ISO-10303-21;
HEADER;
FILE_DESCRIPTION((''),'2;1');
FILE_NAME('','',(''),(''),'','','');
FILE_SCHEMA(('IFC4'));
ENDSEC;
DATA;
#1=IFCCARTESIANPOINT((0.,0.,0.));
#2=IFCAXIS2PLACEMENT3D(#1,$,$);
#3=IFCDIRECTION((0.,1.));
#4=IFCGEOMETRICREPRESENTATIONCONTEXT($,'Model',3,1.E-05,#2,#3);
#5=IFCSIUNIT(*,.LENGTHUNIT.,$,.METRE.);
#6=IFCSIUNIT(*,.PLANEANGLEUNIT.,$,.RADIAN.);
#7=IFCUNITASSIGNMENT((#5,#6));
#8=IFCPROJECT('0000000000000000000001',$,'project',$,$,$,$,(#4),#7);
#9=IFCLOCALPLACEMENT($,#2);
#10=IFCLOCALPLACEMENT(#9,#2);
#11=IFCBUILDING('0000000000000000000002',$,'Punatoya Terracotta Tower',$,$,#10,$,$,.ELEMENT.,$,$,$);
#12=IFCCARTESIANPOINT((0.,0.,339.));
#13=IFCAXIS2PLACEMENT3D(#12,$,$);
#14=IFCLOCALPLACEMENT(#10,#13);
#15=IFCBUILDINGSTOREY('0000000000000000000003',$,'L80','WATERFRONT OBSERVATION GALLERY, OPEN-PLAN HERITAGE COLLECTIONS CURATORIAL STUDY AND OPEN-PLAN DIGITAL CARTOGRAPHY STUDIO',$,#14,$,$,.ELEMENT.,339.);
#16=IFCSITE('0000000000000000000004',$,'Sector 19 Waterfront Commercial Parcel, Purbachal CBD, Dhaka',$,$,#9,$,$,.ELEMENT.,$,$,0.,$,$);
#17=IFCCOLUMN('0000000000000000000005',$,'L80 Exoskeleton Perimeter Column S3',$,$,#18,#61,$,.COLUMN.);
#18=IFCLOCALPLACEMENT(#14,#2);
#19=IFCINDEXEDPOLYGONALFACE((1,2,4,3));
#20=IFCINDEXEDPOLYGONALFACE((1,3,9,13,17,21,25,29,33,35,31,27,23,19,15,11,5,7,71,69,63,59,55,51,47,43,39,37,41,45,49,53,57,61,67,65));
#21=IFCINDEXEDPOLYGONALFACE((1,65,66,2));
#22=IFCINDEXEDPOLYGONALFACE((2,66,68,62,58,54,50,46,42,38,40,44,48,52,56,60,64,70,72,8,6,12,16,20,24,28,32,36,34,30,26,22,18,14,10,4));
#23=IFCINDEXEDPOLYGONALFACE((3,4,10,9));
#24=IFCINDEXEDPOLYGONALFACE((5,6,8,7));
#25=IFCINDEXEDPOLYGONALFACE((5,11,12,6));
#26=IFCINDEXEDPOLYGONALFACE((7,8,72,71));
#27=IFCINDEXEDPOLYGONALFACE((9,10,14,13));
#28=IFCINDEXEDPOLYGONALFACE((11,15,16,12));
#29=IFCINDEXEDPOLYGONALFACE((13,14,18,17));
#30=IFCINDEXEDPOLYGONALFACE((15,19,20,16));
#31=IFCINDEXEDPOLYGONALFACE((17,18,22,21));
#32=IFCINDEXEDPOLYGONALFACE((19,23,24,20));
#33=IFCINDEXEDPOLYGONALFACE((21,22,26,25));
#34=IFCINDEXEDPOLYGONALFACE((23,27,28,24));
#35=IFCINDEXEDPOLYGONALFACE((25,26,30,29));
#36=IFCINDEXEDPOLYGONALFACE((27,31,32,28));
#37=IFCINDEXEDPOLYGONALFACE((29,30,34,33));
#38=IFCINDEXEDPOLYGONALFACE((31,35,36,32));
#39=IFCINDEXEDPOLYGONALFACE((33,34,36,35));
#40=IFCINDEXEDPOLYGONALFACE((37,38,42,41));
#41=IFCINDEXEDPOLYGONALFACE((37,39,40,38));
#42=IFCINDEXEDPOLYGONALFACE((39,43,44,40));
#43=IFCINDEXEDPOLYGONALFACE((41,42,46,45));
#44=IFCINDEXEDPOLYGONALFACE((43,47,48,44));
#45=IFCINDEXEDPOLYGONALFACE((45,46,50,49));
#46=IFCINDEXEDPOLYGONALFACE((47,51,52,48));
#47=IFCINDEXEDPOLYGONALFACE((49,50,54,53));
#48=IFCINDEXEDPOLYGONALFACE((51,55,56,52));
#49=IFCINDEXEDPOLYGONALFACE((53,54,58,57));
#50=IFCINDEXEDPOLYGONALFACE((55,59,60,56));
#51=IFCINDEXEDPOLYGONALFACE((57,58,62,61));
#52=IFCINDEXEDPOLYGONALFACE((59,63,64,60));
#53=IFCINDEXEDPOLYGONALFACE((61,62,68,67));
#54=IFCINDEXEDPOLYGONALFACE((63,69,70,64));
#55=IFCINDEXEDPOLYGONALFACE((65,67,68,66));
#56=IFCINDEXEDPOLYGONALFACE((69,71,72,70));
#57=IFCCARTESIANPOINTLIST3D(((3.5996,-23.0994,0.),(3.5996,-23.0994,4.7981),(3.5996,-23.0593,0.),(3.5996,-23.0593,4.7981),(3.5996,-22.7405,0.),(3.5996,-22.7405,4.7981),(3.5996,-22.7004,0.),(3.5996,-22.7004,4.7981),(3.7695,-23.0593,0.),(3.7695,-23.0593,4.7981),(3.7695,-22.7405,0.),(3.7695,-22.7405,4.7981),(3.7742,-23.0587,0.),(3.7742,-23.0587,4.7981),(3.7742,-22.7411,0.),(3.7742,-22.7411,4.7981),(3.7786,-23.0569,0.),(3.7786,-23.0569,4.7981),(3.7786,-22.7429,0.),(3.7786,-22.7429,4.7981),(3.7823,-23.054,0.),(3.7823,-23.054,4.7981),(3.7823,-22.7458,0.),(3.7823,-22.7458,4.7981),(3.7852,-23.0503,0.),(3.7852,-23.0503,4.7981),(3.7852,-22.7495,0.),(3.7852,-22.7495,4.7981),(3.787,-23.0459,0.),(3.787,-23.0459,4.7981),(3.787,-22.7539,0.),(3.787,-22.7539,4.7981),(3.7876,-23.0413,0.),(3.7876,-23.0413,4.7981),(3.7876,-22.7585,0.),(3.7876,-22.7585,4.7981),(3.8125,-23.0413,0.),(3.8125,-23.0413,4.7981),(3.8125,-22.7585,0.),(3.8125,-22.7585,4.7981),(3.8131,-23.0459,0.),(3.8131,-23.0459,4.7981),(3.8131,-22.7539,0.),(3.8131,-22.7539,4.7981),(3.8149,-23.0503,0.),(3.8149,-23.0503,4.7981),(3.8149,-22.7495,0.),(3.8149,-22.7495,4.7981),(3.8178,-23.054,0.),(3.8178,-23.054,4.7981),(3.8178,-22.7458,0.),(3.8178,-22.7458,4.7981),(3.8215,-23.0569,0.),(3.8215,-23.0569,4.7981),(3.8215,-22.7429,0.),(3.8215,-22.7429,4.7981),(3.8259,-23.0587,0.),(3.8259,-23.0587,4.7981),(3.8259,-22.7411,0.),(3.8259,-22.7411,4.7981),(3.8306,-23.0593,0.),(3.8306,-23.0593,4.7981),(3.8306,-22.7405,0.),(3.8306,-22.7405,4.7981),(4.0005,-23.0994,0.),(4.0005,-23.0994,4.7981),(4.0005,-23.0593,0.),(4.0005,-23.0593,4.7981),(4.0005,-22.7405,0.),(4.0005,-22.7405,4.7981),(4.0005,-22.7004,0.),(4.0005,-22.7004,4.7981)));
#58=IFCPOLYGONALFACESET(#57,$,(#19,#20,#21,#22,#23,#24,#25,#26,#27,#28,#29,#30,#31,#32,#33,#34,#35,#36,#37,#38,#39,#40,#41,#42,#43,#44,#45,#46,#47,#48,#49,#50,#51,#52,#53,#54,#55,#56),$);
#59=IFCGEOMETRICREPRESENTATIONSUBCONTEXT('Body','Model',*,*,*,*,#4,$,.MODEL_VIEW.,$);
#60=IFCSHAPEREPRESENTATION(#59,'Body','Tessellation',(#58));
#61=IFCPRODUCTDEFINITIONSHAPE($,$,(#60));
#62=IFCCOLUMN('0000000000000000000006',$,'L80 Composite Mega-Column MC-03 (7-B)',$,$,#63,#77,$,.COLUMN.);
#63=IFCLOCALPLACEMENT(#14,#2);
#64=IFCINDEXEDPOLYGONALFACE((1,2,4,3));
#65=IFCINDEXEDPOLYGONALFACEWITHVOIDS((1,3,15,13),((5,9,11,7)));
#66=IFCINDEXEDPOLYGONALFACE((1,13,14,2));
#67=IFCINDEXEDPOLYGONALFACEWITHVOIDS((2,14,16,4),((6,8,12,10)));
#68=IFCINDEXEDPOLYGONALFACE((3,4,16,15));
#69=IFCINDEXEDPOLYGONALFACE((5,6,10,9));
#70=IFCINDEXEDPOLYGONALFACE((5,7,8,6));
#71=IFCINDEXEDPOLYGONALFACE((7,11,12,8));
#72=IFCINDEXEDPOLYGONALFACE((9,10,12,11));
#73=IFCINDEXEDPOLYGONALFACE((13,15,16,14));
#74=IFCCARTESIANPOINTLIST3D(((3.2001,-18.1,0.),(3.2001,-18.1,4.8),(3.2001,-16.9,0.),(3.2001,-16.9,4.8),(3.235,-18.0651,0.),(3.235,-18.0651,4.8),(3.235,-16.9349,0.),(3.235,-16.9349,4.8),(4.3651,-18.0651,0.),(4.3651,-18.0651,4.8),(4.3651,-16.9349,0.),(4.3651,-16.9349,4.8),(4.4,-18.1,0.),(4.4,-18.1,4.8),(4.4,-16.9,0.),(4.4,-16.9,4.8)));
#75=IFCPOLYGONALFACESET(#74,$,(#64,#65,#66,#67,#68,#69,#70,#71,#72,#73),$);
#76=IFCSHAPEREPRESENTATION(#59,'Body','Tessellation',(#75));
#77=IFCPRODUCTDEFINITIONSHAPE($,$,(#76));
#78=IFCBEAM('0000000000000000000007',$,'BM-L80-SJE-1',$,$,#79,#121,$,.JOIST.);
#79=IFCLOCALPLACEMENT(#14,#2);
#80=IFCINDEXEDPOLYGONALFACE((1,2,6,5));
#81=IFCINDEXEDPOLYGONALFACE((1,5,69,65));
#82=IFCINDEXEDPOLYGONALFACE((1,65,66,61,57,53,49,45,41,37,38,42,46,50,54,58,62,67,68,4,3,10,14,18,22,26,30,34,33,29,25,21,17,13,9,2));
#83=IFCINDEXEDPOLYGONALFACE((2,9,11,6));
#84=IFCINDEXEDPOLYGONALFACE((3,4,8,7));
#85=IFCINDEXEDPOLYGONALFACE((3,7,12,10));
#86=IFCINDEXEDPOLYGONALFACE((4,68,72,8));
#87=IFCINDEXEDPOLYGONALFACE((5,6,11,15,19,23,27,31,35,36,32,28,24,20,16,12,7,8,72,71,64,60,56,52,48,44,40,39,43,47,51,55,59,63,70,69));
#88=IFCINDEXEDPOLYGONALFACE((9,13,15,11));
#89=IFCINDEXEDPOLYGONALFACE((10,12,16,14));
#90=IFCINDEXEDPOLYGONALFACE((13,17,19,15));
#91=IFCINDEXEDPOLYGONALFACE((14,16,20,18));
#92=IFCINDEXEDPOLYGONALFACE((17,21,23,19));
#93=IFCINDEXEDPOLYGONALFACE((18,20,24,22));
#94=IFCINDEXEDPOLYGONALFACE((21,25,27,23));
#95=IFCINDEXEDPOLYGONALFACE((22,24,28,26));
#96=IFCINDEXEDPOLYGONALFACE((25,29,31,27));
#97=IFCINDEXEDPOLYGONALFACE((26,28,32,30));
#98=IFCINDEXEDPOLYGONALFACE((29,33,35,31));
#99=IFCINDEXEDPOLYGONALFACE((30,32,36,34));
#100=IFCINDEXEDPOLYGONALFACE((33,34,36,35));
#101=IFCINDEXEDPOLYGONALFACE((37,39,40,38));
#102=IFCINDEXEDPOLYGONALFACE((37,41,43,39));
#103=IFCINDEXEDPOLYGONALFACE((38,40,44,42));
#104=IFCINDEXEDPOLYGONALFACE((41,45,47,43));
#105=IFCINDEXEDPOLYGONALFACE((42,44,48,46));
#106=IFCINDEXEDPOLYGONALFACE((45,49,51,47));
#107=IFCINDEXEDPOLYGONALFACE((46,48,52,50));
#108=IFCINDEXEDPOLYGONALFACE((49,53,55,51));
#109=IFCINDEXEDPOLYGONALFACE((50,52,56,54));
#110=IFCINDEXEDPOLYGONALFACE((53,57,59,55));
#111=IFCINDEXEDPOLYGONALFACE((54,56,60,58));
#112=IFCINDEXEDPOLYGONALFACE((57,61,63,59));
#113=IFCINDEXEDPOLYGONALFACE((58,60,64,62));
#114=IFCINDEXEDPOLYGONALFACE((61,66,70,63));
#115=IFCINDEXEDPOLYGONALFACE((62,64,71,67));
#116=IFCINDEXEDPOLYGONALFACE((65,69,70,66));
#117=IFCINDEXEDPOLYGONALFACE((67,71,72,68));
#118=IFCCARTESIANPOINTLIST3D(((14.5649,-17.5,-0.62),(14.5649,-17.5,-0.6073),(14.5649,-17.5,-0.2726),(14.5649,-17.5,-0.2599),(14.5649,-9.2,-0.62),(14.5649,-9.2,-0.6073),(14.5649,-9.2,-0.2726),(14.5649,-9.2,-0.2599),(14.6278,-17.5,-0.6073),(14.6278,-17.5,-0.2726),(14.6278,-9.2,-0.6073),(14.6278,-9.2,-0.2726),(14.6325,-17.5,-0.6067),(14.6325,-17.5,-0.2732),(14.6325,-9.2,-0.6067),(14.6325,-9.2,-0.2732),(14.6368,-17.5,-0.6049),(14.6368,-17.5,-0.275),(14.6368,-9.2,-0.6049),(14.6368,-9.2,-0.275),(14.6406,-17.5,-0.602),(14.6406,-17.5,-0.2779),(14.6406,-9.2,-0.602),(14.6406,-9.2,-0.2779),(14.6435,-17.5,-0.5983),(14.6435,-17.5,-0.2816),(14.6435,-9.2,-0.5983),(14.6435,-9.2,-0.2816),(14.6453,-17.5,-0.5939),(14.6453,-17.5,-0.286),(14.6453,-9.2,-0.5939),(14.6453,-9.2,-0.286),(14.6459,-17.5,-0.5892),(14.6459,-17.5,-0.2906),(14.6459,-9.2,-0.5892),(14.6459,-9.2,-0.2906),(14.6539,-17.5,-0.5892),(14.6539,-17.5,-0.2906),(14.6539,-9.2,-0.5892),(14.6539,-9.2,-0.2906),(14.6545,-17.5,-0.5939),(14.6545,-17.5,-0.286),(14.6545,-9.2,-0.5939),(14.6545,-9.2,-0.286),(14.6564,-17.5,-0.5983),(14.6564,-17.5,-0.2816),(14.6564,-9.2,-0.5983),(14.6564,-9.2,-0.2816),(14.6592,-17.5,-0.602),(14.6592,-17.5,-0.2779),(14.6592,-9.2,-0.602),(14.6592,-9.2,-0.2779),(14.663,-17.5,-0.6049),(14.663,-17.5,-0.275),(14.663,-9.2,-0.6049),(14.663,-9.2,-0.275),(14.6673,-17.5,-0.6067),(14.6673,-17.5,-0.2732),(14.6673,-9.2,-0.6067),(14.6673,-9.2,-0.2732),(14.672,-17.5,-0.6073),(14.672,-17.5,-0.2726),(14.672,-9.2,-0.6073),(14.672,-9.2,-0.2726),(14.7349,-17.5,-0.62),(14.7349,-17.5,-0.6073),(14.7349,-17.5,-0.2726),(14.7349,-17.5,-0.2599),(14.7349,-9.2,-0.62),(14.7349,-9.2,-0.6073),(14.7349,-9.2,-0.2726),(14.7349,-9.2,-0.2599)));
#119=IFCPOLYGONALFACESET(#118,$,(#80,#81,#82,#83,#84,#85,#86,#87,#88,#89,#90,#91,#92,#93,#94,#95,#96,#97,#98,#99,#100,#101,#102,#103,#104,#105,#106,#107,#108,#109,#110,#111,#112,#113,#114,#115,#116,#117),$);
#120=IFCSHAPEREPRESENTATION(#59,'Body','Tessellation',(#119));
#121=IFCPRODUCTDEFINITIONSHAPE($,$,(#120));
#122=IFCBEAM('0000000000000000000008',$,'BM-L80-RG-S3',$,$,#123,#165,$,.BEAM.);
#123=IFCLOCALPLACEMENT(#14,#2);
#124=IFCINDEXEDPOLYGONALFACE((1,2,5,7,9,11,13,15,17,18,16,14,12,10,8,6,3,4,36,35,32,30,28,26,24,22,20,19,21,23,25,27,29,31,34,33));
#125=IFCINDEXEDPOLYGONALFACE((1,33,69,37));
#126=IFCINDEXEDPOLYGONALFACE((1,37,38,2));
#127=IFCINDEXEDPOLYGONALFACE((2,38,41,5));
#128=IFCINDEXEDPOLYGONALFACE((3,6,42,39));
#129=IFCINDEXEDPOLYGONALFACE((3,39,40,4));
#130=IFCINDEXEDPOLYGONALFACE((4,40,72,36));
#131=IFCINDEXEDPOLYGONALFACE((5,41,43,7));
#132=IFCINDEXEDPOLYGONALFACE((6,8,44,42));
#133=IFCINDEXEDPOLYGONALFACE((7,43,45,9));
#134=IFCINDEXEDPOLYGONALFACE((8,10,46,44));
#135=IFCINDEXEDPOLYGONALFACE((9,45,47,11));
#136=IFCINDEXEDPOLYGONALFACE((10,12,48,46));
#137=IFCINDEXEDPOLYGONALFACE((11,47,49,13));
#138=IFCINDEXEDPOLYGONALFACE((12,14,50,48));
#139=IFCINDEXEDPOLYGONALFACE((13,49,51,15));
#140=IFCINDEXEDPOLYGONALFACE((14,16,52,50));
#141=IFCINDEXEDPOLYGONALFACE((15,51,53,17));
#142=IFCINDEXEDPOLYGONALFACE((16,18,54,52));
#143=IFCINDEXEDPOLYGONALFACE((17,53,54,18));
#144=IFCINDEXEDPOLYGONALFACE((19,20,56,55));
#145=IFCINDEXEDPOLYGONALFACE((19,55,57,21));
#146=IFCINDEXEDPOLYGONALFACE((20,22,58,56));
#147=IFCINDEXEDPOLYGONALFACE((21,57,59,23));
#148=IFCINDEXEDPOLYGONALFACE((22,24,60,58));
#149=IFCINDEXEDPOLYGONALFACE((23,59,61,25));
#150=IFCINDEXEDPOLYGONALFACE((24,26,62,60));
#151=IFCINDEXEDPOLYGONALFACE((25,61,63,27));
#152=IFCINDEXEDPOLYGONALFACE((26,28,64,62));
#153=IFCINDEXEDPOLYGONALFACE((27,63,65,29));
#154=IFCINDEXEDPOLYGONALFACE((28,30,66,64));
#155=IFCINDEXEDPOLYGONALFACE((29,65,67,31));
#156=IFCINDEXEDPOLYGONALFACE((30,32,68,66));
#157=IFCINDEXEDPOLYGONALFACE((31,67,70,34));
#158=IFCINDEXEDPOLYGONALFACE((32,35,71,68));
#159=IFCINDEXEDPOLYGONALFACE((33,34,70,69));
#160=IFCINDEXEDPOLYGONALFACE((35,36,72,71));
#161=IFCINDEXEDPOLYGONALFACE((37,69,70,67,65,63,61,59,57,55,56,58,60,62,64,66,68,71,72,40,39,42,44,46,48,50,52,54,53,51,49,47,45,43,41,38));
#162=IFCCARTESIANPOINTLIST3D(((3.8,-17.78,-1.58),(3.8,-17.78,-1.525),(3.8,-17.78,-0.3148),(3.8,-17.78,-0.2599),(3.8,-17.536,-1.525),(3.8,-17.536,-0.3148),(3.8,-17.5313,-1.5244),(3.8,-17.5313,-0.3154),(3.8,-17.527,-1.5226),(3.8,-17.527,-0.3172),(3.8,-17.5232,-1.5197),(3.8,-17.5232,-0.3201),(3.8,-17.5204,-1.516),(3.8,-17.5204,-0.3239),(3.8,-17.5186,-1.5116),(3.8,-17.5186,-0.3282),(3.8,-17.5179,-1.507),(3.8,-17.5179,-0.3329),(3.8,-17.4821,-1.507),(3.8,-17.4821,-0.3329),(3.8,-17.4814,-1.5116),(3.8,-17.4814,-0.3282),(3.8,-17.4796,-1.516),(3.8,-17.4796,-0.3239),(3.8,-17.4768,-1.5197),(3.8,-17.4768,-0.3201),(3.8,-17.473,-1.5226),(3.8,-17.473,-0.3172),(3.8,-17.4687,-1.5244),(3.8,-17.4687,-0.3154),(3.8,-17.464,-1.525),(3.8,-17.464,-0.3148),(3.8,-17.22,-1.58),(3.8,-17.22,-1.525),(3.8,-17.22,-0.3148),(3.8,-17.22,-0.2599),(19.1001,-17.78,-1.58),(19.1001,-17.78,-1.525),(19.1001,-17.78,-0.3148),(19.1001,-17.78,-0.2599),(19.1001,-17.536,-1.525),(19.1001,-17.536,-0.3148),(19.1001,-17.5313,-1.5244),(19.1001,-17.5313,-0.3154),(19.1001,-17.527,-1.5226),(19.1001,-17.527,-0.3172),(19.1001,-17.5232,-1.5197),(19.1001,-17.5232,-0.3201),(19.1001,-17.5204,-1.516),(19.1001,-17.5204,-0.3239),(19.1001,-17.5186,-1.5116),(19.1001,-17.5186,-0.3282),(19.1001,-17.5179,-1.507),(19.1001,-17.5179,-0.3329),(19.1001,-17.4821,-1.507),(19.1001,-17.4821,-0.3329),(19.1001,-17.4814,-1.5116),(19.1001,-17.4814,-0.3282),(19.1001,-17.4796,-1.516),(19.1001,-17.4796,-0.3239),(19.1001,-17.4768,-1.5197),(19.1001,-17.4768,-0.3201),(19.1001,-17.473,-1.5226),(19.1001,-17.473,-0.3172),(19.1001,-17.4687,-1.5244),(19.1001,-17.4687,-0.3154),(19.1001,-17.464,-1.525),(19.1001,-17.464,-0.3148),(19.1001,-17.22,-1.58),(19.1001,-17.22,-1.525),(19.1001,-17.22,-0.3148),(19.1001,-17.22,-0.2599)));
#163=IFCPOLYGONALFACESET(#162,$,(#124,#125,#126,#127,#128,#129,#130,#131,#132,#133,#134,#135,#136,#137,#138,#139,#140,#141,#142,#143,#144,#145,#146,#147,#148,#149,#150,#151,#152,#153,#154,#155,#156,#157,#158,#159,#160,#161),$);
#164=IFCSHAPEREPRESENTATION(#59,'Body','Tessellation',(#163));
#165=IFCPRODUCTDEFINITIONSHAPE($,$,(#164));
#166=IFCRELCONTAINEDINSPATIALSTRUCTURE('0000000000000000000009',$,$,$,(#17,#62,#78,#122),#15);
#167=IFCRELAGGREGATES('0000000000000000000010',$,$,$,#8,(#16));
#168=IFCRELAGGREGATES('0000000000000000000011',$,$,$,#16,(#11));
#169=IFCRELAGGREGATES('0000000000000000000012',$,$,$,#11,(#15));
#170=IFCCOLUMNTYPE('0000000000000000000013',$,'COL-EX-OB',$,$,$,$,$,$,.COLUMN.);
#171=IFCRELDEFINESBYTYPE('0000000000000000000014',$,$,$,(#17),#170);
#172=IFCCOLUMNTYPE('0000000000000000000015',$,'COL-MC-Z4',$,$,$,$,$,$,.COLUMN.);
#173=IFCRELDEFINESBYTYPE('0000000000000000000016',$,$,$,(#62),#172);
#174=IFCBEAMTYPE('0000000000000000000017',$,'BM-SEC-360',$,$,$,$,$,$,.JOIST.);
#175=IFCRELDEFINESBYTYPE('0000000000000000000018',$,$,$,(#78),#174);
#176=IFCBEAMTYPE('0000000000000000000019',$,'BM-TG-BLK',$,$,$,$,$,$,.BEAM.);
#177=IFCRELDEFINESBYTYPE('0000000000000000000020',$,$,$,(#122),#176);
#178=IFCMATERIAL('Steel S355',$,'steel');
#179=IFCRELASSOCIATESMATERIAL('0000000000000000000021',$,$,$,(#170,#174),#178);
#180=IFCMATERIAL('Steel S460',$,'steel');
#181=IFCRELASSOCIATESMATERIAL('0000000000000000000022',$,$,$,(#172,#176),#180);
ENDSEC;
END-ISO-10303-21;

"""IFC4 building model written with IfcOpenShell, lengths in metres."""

from ifc_helpers import new_model, si_unit, direction, frame, origin, origin_2d, place, context, subcontext, project, spatial, hollow_rectangle, i_section, extrude, material, material_profile, profile_set, type_object, element, save


model = new_model("IFC4")

# Units and contexts
model_context = context("Model", 3, precision=1e-05, world=origin(), true_north=direction((0.0, 1.0)))
body_context = subcontext(model_context, "Body", "Model", "MODEL_VIEW")
ifc_project = project(units=[si_unit("LENGTHUNIT", "METRE"), si_unit("PLANEANGLEUNIT", "RADIAN")], contexts=[model_context])

# Site, building, storey
site_placement = place(None, origin())
site = spatial("IfcSite", under=ifc_project, at=site_placement, Name="Sector 19 Waterfront Commercial Parcel, Purbachal CBD, Dhaka", CompositionType="ELEMENT", RefElevation=0.0)
building_placement = place(site_placement, origin())
building = spatial("IfcBuilding", under=site, at=building_placement, Name="Punatoya Terracotta Tower", CompositionType="ELEMENT")
storey_placement = place(building_placement, frame((0.0, 0.0, 339.0)))
storey = spatial("IfcBuildingStorey", under=building, at=storey_placement, Name="L80", Description="WATERFRONT OBSERVATION GALLERY, OPEN-PLAN HERITAGE COLLECTIONS CURATORIAL STUDY AND OPEN-PLAN DIGITAL CARTOGRAPHY STUDIO", CompositionType="ELEMENT", Elevation=339.0)

# Columns
ifc_material_1 = material(Name="Steel S355", Category="steel")
ifc_material_profile_1 = material_profile(ifc_material_1, i_section(OverallWidth=0.4009, OverallDepth=0.3989, WebThickness=0.0249, FlangeThickness=0.04, FilletRadius=0.0181, at=origin_2d()))
ifc_profile_set_1 = profile_set([ifc_material_profile_1], Name="Steel S355")
column_type_1 = type_object("IfcColumnType", Name="COL-EX-OB", PredefinedType="COLUMN", material=ifc_profile_set_1)
column_1_placement = place(storey_placement, frame((3.8, -22.8999, 0.0), z_axis=(0.0, 0.0, 1.0), x_axis=(1.0, 0.0, 0.0)))
element("IfcColumn", 1, at=column_1_placement, inside=storey, type_object=column_type_1, Name="L80 Exoskeleton Perimeter Column S3", PredefinedType="COLUMN", context=body_context, shape_type="SweptSolid", body=[
    extrude(i_section(OverallWidth=0.4009, OverallDepth=0.3989, WebThickness=0.0249, FlangeThickness=0.04, FilletRadius=0.0181, at=origin_2d()), origin(), (0.0, 0.0, 1.0), 4.7981),
])
ifc_material_2 = material(Name="Steel S460", Category="steel")
ifc_material_profile_2 = material_profile(ifc_material_2, hollow_rectangle(XDim=1.2, YDim=1.2, WallThickness=0.0349, at=origin_2d()))
ifc_profile_set_2 = profile_set([ifc_material_profile_2], Name="Steel S460")
column_type_2 = type_object("IfcColumnType", Name="COL-MC-Z4", PredefinedType="COLUMN", material=ifc_profile_set_2)
column_2_placement = place(storey_placement, frame((3.8, -17.5, 0.0), z_axis=(0.0, 0.0, 1.0), x_axis=(1.0, 0.0, 0.0)))
element("IfcColumn", 2, at=column_2_placement, inside=storey, type_object=column_type_2, Name="L80 Composite Mega-Column MC-03 (7-B)", PredefinedType="COLUMN", context=body_context, shape_type="SweptSolid", body=[
    extrude(hollow_rectangle(XDim=1.2, YDim=1.2, WallThickness=0.0349, at=origin_2d()), origin(), (0.0, 0.0, 1.0), 4.8),
])

# Beams
ifc_material_profile_3 = material_profile(ifc_material_1, i_section(OverallWidth=0.1699, OverallDepth=0.3601, WebThickness=0.0081, FlangeThickness=0.0127, FilletRadius=0.0181, at=origin_2d()))
ifc_profile_set_3 = profile_set([ifc_material_profile_3], Name="Steel S355")
beam_type_1 = type_object("IfcBeamType", Name="BM-SEC-360", PredefinedType="JOIST", material=ifc_profile_set_3)
beam_1_placement = place(storey_placement, frame((14.6499, -17.5, -0.4399), z_axis=(0.0, 1.0, 0.0), x_axis=(-1.0, 0.0, 0.0)))
element("IfcBeam", 3, at=beam_1_placement, inside=storey, type_object=beam_type_1, Name="BM-L80-SJE-1", PredefinedType="JOIST", context=body_context, shape_type="SweptSolid", body=[
    extrude(i_section(OverallWidth=0.1699, OverallDepth=0.3601, WebThickness=0.0081, FlangeThickness=0.0127, FilletRadius=0.0181, at=origin_2d()), origin(), (0.0, 0.0, 1.0), 8.3),
])
ifc_material_profile_4 = material_profile(ifc_material_2, i_section(OverallWidth=0.5601, OverallDepth=1.3201, WebThickness=0.0359, FlangeThickness=0.0549, FilletRadius=0.0181, at=origin_2d()))
ifc_profile_set_4 = profile_set([ifc_material_profile_4], Name="Steel S460")
beam_type_2 = type_object("IfcBeamType", Name="BM-TG-BLK", PredefinedType="BEAM", material=ifc_profile_set_4)
beam_2_placement = place(storey_placement, frame((3.8, -17.5, -0.9199), z_axis=(1.0, 0.0, 0.0), x_axis=(0.0, 1.0, 0.0)))
element("IfcBeam", 4, at=beam_2_placement, inside=storey, type_object=beam_type_2, Name="BM-L80-RG-S3", PredefinedType="BEAM", context=body_context, shape_type="SweptSolid", body=[
    extrude(i_section(OverallWidth=0.5601, OverallDepth=1.3201, WebThickness=0.0359, FlangeThickness=0.0549, FilletRadius=0.0181, at=origin_2d()), origin(), (0.0, 0.0, 1.0), 15.3),
])

save(model, "model.ifc")
